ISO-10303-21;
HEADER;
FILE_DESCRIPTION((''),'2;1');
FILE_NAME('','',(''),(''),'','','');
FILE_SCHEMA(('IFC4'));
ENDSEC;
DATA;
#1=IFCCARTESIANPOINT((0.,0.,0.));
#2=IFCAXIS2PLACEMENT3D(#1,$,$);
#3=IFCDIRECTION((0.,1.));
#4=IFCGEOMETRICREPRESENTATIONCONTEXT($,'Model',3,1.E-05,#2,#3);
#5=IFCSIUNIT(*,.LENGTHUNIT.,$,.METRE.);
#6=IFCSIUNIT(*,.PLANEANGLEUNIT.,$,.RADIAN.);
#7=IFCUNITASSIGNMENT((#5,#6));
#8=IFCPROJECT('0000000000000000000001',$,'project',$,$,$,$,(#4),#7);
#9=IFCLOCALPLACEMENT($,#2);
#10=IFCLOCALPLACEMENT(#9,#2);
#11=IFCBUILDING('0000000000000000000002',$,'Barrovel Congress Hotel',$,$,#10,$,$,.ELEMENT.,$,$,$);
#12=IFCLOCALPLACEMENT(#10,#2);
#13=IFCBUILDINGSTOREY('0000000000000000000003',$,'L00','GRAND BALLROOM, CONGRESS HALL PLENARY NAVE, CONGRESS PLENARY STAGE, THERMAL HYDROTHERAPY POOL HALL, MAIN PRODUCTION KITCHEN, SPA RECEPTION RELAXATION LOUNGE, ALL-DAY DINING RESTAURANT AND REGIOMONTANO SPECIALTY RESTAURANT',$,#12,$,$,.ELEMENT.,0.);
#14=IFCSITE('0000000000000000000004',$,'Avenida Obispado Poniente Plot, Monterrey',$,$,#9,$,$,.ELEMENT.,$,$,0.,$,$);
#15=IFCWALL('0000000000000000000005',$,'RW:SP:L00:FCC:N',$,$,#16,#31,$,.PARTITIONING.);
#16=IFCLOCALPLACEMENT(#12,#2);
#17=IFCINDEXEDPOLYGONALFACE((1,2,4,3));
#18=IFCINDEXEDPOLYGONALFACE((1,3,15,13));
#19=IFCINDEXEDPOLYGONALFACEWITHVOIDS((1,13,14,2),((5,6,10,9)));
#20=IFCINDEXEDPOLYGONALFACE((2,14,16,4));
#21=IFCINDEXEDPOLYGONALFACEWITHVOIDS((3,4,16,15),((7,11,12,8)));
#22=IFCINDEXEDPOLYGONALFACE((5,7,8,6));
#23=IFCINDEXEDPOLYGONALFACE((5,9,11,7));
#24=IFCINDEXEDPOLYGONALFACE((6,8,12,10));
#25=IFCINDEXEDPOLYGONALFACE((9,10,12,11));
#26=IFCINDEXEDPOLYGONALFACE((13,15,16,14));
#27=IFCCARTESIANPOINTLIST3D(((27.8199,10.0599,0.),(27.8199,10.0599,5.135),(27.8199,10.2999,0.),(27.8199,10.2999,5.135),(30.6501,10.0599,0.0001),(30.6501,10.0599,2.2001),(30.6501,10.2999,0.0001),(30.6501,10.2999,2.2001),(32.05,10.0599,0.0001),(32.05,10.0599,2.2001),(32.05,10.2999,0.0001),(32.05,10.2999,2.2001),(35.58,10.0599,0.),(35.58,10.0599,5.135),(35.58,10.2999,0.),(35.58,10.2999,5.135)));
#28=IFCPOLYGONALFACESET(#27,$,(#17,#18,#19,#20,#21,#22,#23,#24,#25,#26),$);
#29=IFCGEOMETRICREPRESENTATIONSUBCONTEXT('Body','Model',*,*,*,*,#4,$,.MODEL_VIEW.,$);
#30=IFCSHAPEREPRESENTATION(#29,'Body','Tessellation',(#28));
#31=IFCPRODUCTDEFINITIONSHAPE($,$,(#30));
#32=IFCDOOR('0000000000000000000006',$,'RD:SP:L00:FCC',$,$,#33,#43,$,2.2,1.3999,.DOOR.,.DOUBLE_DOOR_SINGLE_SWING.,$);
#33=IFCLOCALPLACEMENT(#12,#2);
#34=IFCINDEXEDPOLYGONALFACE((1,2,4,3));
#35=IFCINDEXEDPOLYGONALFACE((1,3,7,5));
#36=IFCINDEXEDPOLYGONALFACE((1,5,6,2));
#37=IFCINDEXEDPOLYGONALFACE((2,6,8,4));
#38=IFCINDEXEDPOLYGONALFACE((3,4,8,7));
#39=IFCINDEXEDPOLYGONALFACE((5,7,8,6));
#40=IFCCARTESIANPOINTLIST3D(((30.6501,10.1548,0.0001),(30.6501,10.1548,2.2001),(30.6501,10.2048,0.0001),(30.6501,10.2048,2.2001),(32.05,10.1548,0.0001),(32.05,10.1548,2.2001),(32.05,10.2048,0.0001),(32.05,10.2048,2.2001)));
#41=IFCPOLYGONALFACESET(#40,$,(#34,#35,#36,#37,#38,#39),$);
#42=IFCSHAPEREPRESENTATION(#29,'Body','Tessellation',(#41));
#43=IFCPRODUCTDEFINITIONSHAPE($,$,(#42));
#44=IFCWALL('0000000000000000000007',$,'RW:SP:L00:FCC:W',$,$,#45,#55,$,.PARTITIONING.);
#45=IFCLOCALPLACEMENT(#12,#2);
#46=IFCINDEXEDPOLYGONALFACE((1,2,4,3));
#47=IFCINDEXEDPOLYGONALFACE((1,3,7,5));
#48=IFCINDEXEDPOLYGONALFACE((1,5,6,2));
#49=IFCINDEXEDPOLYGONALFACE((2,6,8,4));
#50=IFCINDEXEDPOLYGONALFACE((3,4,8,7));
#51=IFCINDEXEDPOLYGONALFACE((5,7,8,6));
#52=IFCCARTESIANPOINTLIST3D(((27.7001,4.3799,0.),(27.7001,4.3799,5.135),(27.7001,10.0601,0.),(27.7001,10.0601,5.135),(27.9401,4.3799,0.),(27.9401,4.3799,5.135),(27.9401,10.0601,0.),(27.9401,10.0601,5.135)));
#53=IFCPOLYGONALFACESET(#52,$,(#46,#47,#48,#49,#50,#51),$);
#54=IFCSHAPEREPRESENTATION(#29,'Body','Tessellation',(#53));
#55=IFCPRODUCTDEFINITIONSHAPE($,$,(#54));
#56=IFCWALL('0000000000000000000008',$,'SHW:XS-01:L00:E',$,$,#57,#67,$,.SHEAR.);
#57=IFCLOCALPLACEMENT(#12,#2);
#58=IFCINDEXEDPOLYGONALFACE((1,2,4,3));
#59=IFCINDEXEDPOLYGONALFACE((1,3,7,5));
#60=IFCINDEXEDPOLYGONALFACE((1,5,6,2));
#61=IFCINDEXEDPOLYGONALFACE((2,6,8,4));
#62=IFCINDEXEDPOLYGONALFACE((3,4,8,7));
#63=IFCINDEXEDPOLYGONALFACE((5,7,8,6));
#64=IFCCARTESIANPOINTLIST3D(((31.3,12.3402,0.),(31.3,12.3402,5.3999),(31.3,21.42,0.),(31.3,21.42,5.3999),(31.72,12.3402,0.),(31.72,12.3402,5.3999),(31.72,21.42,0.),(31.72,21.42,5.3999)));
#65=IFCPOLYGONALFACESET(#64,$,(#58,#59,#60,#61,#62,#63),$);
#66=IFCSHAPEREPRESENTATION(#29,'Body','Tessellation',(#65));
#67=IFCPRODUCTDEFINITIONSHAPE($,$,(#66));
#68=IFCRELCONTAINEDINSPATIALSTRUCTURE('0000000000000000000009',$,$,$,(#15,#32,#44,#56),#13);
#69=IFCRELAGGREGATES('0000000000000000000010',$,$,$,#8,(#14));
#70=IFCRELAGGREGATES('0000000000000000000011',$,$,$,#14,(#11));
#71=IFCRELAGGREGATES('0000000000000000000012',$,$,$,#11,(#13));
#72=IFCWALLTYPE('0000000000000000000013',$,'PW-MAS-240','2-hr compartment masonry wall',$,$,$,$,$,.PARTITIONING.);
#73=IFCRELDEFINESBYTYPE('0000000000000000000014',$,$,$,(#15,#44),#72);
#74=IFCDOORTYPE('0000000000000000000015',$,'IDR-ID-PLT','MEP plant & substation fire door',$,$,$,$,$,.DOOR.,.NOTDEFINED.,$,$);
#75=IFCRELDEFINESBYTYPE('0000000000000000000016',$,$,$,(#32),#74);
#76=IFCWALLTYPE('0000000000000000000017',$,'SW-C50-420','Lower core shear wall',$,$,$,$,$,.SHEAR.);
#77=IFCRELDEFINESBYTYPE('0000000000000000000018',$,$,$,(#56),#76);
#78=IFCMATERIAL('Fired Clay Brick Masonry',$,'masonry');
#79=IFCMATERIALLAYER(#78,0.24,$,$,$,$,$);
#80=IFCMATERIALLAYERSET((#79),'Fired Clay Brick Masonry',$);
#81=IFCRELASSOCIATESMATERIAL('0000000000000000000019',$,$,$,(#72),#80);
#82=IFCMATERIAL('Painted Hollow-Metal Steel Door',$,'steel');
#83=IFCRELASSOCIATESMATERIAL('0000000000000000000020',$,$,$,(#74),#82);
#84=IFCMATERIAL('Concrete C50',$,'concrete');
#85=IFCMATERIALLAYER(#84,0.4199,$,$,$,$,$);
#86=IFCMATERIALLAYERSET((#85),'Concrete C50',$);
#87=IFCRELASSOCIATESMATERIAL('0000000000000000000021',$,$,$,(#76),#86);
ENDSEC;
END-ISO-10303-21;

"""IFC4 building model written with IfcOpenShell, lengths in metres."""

from ifc_helpers import new_model, si_unit, direction, frame, frame_2d, origin, place, context, subcontext, project, spatial, rectangle, extrude, material, layer, layer_set, type_object, element, fill, save


model = new_model("IFC4")

# Units and contexts
model_context = context("Model", 3, precision=1e-05, world=origin(), true_north=direction((0.0, 1.0)))
body_context = subcontext(model_context, "Body", "Model", "MODEL_VIEW")
ifc_project = project(units=[si_unit("LENGTHUNIT", "METRE"), si_unit("PLANEANGLEUNIT", "RADIAN")], contexts=[model_context])

# Site, building, storey
site_placement = place(None, origin())
site = spatial("IfcSite", under=ifc_project, at=site_placement, Name="Avenida Obispado Poniente Plot, Monterrey", CompositionType="ELEMENT", RefElevation=0.0)
building_placement = place(site_placement, origin())
building = spatial("IfcBuilding", under=site, at=building_placement, Name="Barrovel Congress Hotel", CompositionType="ELEMENT")
storey_placement = place(building_placement, origin())
storey = spatial("IfcBuildingStorey", under=building, at=storey_placement, Name="L00", Description="GRAND BALLROOM, CONGRESS HALL PLENARY NAVE, CONGRESS PLENARY STAGE, THERMAL HYDROTHERAPY POOL HALL, MAIN PRODUCTION KITCHEN, SPA RECEPTION RELAXATION LOUNGE, ALL-DAY DINING RESTAURANT AND REGIOMONTANO SPECIALTY RESTAURANT", CompositionType="ELEMENT", Elevation=0.0)

# Shared definitions
ifc_material_1 = material(Name="Fired Clay Brick Masonry", Category="masonry")

# Wall, opening, door
ifc_layer_1 = layer(ifc_material_1, 0.24)
ifc_layer_set_1 = layer_set([ifc_layer_1], Name="Fired Clay Brick Masonry")
wall_type_1 = type_object("IfcWallType", Name="PW-MAS-240", Description="2-hr compartment masonry wall", PredefinedType="PARTITIONING", material=ifc_layer_set_1)
wall_1_placement = place(storey_placement, frame((27.8201, 10.1799, 0.0), z_axis=(0.0, 0.0, 1.0), x_axis=(1.0, 0.0, 0.0)))
wall_1 = element("IfcWall", 1, at=wall_1_placement, inside=storey, type_object=wall_type_1, Name="RW:SP:L00:FCC:N", PredefinedType="PARTITIONING", context=body_context, shape_type="SweptSolid", body=[
    extrude(rectangle(XDim=7.76, YDim=0.24, at=frame_2d((3.8799, 0.0))), origin(), (0.0, 0.0, 1.0), 5.135),
])
opening_1_placement = place(wall_1_placement, frame((2.8301, 0.0, 0.0)))
opening_1 = element("IfcOpeningElement", 2, at=opening_1_placement, cuts=wall_1, PredefinedType="OPENING", context=body_context, shape_type="SweptSolid", body=[
    extrude(rectangle(XDim=1.3999, YDim=2.2, at=frame_2d((0.7, 1.1001))), frame((0.0, 0.1299, 0.0), z_axis=(0.0, -1.0, 0.0), x_axis=(1.0, 0.0, 0.0)), (0.0, 0.0, 1.0), 0.26),
])
ifc_material_2 = material(Name="Painted Hollow-Metal Steel Door", Category="steel")
door_type_1 = type_object("IfcDoorType", Name="IDR-ID-PLT", Description="MEP plant & substation fire door", OperationType="NOTDEFINED", PredefinedType="DOOR", material=ifc_material_2)
door_1_placement = place(opening_1_placement, origin())
door_1 = element("IfcDoor", 3, at=door_1_placement, inside=storey, type_object=door_type_1, Name="RD:SP:L00:FCC", OperationType="DOUBLE_DOOR_SINGLE_SWING", OverallHeight=2.2, OverallWidth=1.3999, PredefinedType="DOOR", context=body_context, shape_type="SweptSolid", body=[
    extrude(rectangle(XDim=1.3999, YDim=2.2, at=frame_2d((0.7, 1.1001))), frame((0.0, 0.0249, 0.0), z_axis=(0.0, -1.0, 0.0), x_axis=(1.0, 0.0, 0.0)), (0.0, 0.0, 1.0), 0.05),
])
fill(opening_1, door_1)

# Walls
wall_2_placement = place(storey_placement, frame((27.8201, 4.3799, 0.0), z_axis=(0.0, 0.0, 1.0), x_axis=(0.0, 1.0, 0.0)))
element("IfcWall", 4, at=wall_2_placement, inside=storey, type_object=wall_type_1, Name="RW:SP:L00:FCC:W", PredefinedType="PARTITIONING", context=body_context, shape_type="SweptSolid", body=[
    extrude(rectangle(XDim=5.6802, YDim=0.24, at=frame_2d((2.8401, 0.0))), origin(), (0.0, 0.0, 1.0), 5.135),
])
ifc_material_3 = material(Name="Concrete C50", Category="concrete")
ifc_layer_2 = layer(ifc_material_3, 0.4199)
ifc_layer_set_2 = layer_set([ifc_layer_2], Name="Concrete C50")
wall_type_2 = type_object("IfcWallType", Name="SW-C50-420", Description="Lower core shear wall", PredefinedType="SHEAR", material=ifc_layer_set_2)
wall_3_placement = place(storey_placement, frame((31.51, 12.3401, 0.0), z_axis=(0.0, 0.0, 1.0), x_axis=(0.0, 1.0, 0.0)))
element("IfcWall", 5, at=wall_3_placement, inside=storey, type_object=wall_type_2, Name="SHW:XS-01:L00:E", PredefinedType="SHEAR", context=body_context, shape_type="SweptSolid", body=[
    extrude(rectangle(XDim=9.0798, YDim=0.4199, at=frame_2d((4.54, 0.0))), origin(), (0.0, 0.0, 1.0), 5.3999),
])

save(model, "model.ifc")
